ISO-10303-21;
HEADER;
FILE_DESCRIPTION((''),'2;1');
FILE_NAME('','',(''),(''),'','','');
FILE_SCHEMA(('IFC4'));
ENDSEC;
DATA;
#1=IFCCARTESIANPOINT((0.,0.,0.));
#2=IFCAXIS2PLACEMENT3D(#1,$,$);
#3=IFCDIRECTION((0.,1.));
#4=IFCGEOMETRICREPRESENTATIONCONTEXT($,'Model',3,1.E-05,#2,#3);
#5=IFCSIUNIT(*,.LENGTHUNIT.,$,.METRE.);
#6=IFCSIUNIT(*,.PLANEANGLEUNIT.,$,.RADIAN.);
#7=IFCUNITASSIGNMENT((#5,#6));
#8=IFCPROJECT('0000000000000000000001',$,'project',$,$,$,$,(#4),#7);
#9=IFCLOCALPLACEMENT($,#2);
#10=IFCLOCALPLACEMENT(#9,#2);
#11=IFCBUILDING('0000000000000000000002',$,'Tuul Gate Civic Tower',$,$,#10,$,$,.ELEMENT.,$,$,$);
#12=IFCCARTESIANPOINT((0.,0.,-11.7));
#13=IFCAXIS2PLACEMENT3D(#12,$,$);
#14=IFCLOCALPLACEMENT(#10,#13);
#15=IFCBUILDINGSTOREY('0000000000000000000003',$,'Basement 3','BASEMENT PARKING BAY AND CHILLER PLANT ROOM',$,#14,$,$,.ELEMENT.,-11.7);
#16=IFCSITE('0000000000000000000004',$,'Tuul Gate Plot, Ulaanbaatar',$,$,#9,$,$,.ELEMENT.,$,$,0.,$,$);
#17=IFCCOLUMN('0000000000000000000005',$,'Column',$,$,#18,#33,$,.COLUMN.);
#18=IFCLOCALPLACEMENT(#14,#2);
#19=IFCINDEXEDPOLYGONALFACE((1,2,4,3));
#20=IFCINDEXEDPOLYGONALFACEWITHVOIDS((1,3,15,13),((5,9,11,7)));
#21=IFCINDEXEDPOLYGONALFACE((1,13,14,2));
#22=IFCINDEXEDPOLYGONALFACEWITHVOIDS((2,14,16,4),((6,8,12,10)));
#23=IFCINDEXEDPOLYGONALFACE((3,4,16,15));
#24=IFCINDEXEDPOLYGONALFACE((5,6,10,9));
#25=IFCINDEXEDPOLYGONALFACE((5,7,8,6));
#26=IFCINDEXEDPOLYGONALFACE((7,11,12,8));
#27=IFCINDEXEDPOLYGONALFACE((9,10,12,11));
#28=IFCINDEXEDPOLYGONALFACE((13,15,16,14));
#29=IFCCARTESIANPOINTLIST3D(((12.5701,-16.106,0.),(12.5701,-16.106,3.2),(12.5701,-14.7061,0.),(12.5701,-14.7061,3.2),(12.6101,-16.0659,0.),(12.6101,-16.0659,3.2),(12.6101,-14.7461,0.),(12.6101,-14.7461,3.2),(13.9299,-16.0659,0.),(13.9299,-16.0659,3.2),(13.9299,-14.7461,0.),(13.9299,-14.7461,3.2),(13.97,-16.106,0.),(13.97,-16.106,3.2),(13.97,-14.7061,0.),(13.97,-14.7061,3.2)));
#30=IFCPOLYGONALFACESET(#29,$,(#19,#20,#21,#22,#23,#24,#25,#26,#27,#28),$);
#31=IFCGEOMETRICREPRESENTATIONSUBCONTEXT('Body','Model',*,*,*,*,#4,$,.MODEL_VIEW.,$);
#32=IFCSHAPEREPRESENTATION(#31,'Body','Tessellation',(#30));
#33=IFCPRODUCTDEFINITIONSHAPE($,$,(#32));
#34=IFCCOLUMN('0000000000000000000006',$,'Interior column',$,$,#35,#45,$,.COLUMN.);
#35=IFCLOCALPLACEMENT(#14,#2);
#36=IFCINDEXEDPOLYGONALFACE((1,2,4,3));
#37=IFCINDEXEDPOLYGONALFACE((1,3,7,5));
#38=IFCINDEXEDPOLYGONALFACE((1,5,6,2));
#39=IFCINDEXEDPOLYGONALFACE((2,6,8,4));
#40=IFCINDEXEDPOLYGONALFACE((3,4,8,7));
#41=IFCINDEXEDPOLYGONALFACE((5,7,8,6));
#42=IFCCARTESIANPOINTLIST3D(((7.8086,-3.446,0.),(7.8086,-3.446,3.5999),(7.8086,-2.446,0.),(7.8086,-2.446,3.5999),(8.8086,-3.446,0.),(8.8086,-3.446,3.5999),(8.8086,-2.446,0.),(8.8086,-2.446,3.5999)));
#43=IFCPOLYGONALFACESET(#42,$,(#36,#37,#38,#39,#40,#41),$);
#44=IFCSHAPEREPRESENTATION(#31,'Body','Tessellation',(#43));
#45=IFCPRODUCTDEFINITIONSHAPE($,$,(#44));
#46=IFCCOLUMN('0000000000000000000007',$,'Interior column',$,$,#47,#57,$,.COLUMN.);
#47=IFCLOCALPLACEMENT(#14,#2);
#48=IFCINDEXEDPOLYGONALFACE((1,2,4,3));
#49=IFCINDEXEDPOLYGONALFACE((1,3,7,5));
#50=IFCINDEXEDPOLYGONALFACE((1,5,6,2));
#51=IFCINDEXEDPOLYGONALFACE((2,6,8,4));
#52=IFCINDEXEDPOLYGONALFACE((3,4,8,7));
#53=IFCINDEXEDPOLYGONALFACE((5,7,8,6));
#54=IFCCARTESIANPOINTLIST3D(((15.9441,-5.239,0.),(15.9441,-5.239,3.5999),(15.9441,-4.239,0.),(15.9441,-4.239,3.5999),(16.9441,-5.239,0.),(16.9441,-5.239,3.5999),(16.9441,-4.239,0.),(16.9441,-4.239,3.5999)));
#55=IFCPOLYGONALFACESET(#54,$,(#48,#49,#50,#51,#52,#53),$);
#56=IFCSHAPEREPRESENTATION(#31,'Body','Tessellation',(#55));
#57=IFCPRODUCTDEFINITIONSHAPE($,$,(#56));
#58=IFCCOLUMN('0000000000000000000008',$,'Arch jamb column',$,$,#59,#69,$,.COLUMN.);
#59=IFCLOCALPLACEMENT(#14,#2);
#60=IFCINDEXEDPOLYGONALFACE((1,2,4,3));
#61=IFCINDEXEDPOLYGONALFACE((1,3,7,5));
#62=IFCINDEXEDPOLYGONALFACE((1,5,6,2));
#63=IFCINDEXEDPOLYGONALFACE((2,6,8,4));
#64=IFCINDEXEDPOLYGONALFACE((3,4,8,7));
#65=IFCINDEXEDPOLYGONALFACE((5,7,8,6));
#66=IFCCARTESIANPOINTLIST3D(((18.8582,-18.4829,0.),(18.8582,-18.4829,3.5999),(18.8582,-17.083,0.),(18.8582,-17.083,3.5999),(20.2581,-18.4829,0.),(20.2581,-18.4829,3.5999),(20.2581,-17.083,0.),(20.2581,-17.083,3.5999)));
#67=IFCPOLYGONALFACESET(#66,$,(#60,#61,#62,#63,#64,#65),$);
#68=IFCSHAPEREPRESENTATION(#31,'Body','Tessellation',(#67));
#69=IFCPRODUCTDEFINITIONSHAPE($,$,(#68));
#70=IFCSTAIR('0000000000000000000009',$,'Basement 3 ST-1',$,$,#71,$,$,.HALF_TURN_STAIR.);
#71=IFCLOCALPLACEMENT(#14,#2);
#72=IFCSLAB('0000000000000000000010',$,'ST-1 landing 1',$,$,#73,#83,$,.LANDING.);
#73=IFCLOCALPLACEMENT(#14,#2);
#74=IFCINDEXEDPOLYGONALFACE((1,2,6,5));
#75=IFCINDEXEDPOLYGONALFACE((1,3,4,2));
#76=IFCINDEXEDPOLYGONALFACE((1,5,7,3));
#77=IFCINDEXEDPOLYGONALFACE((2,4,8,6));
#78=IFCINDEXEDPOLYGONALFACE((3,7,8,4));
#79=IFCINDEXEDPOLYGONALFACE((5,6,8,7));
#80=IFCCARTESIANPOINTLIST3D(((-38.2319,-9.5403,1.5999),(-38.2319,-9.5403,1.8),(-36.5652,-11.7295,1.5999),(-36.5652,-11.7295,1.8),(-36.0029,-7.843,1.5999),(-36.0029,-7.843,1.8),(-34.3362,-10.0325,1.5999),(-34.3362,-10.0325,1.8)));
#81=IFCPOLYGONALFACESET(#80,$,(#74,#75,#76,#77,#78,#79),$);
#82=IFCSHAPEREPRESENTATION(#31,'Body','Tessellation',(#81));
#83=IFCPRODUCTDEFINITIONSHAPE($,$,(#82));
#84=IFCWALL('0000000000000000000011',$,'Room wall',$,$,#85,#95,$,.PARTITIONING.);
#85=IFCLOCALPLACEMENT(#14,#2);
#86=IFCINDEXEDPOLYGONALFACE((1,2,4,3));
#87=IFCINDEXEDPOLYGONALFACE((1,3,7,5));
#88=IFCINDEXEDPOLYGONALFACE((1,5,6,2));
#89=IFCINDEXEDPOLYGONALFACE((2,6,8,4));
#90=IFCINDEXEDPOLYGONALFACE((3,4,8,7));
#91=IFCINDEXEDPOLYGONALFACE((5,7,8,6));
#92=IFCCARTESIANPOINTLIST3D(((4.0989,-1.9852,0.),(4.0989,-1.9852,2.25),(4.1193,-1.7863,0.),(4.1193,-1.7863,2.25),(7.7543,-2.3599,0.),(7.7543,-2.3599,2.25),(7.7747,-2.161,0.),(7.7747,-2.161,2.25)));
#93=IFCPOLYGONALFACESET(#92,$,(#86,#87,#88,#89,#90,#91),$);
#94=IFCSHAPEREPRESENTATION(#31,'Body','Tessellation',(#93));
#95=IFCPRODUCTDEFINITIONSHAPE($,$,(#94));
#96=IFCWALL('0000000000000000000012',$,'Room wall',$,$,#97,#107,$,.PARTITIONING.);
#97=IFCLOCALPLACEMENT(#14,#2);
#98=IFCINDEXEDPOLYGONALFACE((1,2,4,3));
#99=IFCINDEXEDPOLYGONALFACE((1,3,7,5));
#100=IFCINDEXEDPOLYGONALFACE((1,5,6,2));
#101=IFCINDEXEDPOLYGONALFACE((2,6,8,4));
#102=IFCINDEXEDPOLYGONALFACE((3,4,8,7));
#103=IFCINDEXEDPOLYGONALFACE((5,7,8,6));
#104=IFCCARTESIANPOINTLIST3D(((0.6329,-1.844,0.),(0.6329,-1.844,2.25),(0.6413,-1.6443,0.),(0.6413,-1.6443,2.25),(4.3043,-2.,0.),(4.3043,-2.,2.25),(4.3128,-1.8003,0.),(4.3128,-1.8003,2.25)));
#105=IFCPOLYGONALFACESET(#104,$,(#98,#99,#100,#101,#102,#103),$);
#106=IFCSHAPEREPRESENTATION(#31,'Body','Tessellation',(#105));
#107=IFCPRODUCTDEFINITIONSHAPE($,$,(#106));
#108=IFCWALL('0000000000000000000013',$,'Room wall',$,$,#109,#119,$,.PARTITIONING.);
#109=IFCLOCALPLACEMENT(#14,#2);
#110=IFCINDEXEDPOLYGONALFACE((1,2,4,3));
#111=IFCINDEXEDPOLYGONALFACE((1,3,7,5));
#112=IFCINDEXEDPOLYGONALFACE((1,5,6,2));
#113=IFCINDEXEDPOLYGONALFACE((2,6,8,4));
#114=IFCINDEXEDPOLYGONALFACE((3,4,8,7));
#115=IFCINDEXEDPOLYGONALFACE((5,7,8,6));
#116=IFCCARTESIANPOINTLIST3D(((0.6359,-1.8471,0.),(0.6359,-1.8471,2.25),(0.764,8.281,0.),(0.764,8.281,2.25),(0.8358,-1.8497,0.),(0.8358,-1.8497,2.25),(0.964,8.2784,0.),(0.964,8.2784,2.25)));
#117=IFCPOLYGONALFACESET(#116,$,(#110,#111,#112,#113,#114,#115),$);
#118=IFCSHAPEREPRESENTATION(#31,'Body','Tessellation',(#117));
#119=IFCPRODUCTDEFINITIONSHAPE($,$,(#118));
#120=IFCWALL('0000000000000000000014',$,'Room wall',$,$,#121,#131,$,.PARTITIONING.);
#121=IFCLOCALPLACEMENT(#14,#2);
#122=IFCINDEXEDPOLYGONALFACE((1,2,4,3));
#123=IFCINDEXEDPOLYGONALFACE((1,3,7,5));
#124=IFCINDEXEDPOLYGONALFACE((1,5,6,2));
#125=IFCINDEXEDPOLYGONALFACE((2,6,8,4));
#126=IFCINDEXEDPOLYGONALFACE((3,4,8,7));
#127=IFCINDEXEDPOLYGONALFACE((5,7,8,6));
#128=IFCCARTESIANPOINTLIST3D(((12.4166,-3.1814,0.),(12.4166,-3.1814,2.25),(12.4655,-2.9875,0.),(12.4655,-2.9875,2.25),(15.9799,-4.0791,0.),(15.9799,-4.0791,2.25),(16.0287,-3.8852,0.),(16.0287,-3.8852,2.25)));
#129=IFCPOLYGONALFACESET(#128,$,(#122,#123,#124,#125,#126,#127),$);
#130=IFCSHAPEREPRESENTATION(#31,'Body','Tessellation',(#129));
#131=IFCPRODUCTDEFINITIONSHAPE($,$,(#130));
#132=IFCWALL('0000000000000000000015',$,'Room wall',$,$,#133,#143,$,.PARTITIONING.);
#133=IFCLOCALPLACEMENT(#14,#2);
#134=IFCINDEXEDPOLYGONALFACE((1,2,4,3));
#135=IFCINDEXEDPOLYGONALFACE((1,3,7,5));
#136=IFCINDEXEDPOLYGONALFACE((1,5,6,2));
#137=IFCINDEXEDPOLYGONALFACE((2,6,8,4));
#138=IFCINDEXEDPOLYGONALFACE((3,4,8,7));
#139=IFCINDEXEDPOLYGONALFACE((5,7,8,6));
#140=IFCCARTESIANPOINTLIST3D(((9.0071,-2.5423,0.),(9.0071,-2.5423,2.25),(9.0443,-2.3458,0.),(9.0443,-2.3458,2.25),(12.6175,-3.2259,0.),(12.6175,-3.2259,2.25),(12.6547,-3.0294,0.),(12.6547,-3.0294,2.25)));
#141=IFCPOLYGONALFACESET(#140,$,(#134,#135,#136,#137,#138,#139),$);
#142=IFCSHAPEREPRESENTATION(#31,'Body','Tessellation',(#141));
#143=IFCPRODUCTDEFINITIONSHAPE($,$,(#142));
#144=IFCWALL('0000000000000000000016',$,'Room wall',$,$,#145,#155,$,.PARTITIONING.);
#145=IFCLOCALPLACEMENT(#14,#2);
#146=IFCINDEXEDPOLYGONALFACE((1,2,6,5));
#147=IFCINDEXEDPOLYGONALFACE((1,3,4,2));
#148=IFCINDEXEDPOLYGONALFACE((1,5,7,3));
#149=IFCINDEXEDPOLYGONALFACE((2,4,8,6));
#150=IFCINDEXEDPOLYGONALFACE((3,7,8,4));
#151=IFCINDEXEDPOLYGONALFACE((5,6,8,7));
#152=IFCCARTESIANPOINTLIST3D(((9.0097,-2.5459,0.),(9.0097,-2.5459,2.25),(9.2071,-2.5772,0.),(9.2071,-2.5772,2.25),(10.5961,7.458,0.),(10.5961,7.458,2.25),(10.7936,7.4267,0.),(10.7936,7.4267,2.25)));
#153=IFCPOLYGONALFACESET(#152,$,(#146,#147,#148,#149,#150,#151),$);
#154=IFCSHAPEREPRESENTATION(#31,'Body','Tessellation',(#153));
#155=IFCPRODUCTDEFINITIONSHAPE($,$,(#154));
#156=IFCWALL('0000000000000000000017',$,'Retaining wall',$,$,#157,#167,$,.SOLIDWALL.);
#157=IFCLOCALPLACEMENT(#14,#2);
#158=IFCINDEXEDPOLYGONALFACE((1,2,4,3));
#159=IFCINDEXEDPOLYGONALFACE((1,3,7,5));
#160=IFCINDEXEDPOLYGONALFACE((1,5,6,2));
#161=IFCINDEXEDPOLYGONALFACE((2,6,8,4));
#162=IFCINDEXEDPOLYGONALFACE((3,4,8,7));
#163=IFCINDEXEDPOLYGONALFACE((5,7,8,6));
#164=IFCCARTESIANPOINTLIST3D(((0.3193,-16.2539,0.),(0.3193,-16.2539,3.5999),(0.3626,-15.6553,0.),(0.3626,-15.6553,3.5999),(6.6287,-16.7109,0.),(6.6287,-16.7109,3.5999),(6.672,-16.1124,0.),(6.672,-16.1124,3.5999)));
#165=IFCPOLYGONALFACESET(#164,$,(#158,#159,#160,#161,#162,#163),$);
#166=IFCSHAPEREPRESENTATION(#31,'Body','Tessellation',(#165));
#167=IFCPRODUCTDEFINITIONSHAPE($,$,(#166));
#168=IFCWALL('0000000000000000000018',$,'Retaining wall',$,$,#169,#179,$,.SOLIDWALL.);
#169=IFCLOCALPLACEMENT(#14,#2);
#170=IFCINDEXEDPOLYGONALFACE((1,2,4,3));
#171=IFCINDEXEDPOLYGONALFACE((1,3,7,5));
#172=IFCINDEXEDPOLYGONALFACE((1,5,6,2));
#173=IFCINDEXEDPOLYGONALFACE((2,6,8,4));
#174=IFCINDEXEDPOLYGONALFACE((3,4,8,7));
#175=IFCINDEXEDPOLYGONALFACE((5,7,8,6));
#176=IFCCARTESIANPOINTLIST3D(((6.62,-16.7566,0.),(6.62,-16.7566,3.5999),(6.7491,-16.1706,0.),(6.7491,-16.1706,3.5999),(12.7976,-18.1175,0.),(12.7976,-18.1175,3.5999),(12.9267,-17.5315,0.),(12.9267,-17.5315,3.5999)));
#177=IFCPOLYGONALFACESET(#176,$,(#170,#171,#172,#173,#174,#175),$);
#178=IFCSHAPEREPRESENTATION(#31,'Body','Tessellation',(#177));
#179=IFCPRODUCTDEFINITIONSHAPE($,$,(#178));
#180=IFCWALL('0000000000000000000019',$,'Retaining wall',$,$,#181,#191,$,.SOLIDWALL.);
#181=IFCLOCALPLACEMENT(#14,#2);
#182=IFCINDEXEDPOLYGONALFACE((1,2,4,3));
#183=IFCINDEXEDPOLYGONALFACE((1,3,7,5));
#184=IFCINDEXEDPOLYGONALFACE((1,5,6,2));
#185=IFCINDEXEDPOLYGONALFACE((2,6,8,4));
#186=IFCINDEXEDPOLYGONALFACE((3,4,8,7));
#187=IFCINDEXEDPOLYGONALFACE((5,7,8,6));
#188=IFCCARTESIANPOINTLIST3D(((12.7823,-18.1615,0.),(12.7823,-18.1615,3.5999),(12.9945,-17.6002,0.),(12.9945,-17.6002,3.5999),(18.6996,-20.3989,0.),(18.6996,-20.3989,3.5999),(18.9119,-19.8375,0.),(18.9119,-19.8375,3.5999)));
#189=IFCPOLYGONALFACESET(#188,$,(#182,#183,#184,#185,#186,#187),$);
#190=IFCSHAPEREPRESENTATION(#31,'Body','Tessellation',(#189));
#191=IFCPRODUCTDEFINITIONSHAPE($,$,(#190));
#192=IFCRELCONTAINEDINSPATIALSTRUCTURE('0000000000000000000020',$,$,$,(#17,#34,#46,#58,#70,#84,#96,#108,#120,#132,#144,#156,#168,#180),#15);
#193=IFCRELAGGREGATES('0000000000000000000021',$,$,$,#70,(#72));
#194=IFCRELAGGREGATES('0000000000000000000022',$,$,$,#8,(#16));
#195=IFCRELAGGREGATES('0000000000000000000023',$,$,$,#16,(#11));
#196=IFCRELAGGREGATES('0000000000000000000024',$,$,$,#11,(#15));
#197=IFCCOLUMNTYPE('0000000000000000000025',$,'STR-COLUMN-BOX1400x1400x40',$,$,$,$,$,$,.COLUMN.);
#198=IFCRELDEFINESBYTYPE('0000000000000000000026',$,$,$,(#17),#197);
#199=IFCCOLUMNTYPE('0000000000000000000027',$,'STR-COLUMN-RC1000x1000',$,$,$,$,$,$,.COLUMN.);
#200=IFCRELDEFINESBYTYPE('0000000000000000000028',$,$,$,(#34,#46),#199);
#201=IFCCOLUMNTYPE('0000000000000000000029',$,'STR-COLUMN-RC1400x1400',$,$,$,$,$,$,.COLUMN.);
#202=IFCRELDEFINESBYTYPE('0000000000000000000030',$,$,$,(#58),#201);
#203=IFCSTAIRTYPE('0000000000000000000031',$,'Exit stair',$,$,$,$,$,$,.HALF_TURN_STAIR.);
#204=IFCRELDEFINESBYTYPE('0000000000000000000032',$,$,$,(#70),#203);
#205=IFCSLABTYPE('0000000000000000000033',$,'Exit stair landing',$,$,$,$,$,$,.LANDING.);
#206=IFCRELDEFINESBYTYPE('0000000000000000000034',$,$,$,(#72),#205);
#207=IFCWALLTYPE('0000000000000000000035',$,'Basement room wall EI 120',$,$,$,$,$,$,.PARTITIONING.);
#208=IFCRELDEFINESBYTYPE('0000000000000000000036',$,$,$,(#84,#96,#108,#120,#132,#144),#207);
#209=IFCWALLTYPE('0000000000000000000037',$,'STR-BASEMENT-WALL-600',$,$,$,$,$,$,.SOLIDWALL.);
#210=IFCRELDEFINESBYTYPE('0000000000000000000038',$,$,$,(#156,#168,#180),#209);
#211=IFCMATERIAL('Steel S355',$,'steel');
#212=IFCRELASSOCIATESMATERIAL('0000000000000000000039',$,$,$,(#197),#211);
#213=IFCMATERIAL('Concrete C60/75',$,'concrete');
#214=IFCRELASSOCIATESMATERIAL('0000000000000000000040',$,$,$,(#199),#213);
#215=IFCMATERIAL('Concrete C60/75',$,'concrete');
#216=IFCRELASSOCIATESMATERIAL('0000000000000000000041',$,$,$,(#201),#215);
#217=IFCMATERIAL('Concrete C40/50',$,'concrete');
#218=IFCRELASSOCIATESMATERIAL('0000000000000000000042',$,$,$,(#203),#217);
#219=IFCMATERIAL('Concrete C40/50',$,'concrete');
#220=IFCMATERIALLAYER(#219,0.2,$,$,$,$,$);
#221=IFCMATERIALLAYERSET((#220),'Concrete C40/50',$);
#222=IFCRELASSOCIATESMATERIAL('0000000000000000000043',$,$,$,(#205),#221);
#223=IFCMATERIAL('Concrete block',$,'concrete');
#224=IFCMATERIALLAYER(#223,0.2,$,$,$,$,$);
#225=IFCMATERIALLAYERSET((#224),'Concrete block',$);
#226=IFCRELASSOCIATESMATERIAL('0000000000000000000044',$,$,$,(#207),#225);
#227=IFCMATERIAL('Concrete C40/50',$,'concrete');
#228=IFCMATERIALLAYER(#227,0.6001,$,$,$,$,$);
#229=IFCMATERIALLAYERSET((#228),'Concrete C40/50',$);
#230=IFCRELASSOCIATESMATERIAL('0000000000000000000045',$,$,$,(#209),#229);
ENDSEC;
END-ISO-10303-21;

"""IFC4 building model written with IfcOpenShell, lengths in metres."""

from ifc_helpers import new_model, si_unit, direction, frame, frame_2d, origin, origin_2d, place, context, subcontext, project, spatial, polyline, rectangle, hollow_rectangle, outline, extrude, material, layer, layer_set, material_profile, profile_set, type_object, element, aggregate, save


model = new_model("IFC4")

# Units and contexts
model_context = context("Model", 3, precision=1e-05, world=origin(), true_north=direction((0.0, 1.0)))
body_context = subcontext(model_context, "Body", "Model", "MODEL_VIEW")
ifc_project = project(units=[si_unit("LENGTHUNIT", "METRE"), si_unit("PLANEANGLEUNIT", "RADIAN")], contexts=[model_context])

# Site, building, storey
site_placement = place(None, origin())
site = spatial("IfcSite", under=ifc_project, at=site_placement, Name="Tuul Gate Plot, Ulaanbaatar", CompositionType="ELEMENT", RefElevation=0.0)
building_placement = place(site_placement, origin())
building = spatial("IfcBuilding", under=site, at=building_placement, Name="Tuul Gate Civic Tower", CompositionType="ELEMENT")
storey_placement = place(building_placement, frame((0.0, 0.0, -11.7)))
storey = spatial("IfcBuildingStorey", under=building, at=storey_placement, Name="Basement 3", Description="BASEMENT PARKING BAY AND CHILLER PLANT ROOM", CompositionType="ELEMENT", Elevation=-11.7)

# Columns
ifc_material_1 = material(Name="Steel S355", Category="steel")
ifc_material_profile_1 = material_profile(ifc_material_1, hollow_rectangle(XDim=1.3999, YDim=1.3999, WallThickness=0.04, at=origin_2d()), Name="BOX1400x1400x40")
ifc_profile_set_1 = profile_set([ifc_material_profile_1], Name="Steel S355")
column_type_1 = type_object("IfcColumnType", Name="STR-COLUMN-BOX1400x1400x40", PredefinedType="COLUMN", material=ifc_profile_set_1)
for number, where, z_axis, x_axis, name in (
    (1, (13.27, -15.406, 0.0), (0.0, 0.0, 1.0), (1.0, 0.0, 0.0), "Column"),
):
    element("IfcColumn", number, at=place(storey_placement, frame(where, z_axis=z_axis, x_axis=x_axis)), inside=storey, type_object=column_type_1, Name=name, PredefinedType="COLUMN", context=body_context, shape_type="SweptSolid", body=[
        extrude(hollow_rectangle(XDim=1.3999, YDim=1.3999, WallThickness=0.04, at=origin_2d()), origin(), (0.0, 0.0, 1.0), 3.2),
    ])
ifc_material_2 = material(Name="Concrete C60/75", Category="concrete")
ifc_material_profile_2 = material_profile(ifc_material_2, rectangle(XDim=1.0, YDim=1.0, at=origin_2d()), Name="RC1000x1000")
ifc_profile_set_2 = profile_set([ifc_material_profile_2], Name="Concrete C60/75")
column_type_2 = type_object("IfcColumnType", Name="STR-COLUMN-RC1000x1000", PredefinedType="COLUMN", material=ifc_profile_set_2)
for number, where, z_axis, x_axis, name in (
    (2, (8.3086, -2.946, 0.0), (0.0, 0.0, 1.0), (1.0, 0.0, 0.0), "Interior column"),
    (3, (16.4441, -4.739, 0.0), (0.0, 0.0, 1.0), (1.0, 0.0, 0.0), "Interior column"),
):
    element("IfcColumn", number, at=place(storey_placement, frame(where, z_axis=z_axis, x_axis=x_axis)), inside=storey, type_object=column_type_2, Name=name, PredefinedType="COLUMN", context=body_context, shape_type="SweptSolid", body=[
        extrude(rectangle(XDim=1.0, YDim=1.0, at=origin_2d()), origin(), (0.0, 0.0, 1.0), 3.5999),
    ])
ifc_material_3 = material(Name="Concrete C60/75", Category="concrete")
ifc_material_profile_3 = material_profile(ifc_material_3, rectangle(XDim=1.3999, YDim=1.3999, at=origin_2d()), Name="RC1400x1400")
ifc_profile_set_3 = profile_set([ifc_material_profile_3], Name="Concrete C60/75")
column_type_3 = type_object("IfcColumnType", Name="STR-COLUMN-RC1400x1400", PredefinedType="COLUMN", material=ifc_profile_set_3)
column_placement = place(storey_placement, frame((19.5581, -17.783, 0.0), z_axis=(0.0, 0.0, 1.0), x_axis=(1.0, 0.0, 0.0)))
element("IfcColumn", 4, at=column_placement, inside=storey, type_object=column_type_3, Name="Arch jamb column", PredefinedType="COLUMN", context=body_context, shape_type="SweptSolid", body=[
    extrude(rectangle(XDim=1.3999, YDim=1.3999, at=origin_2d()), origin(), (0.0, 0.0, 1.0), 3.5999),
])

# Stair, slab
ifc_material_4 = material(Name="Concrete C40/50", Category="concrete")
stair_type = type_object("IfcStairType", Name="Exit stair", PredefinedType="HALF_TURN_STAIR", material=ifc_material_4)
stair_placement = place(storey_placement, origin())
stair = element("IfcStair", 5, at=stair_placement, inside=storey, type_object=stair_type, Name="Basement 3 ST-1", PredefinedType="HALF_TURN_STAIR")
ifc_material_5 = material(Name="Concrete C40/50", Category="concrete")
ifc_layer_1 = layer(ifc_material_5, 0.2)
ifc_layer_set_1 = layer_set([ifc_layer_1], Name="Concrete C40/50")
slab_type = type_object("IfcSlabType", Name="Exit stair landing", PredefinedType="LANDING", material=ifc_layer_set_1)
slab_placement = place(storey_placement, frame((0.0, 0.0, 1.5999)))
slab = element("IfcSlab", 6, at=slab_placement, type_object=slab_type, Name="ST-1 landing 1", PredefinedType="LANDING", context=body_context, shape_type="SweptSolid", body=[
    extrude(outline(polyline([(-34.3362, -10.0325), (-36.5652, -11.7295), (-38.2319, -9.5403), (-36.0029, -7.843), (-34.3362, -10.0325)])), origin(), (0.0, 0.0, 1.0), 0.2002),
])
aggregate(stair, [slab])

# Walls
ifc_material_6 = material(Name="Concrete block", Category="concrete")
ifc_layer_2 = layer(ifc_material_6, 0.2)
ifc_layer_set_2 = layer_set([ifc_layer_2], Name="Concrete block")
wall_type_1 = type_object("IfcWallType", Name="Basement room wall EI 120", PredefinedType="PARTITIONING", material=ifc_layer_set_2)
wall_1_placement = place(storey_placement, frame((7.7646, -2.2605, 0.0), z_axis=(0.0, 0.0, 1.0), x_axis=(-0.994786, 0.101983, 0.0)))
element("IfcWall", 7, at=wall_1_placement, inside=storey, type_object=wall_type_1, Name="Room wall", PredefinedType="PARTITIONING", context=body_context, shape_type="SweptSolid", body=[
    extrude(rectangle(XDim=3.6746, YDim=0.2, at=frame_2d((1.8374, 0.0))), origin(), (0.0, 0.0, 1.0), 2.25),
])
wall_2_placement = place(storey_placement, frame((4.3086, -1.9001, 0.0), z_axis=(0.0, 0.0, 1.0), x_axis=(-0.999098, 0.042454, 0.0)))
element("IfcWall", 8, at=wall_2_placement, inside=storey, type_object=wall_type_1, Name="Room wall", PredefinedType="PARTITIONING", context=body_context, shape_type="SweptSolid", body=[
    extrude(rectangle(XDim=3.6748, YDim=0.2, at=frame_2d((1.8374, 0.0))), origin(), (0.0, 0.0, 1.0), 2.25),
])
wall_3_placement = place(storey_placement, frame((0.7358, -1.8484, 0.0), z_axis=(0.0, 0.0, 1.0), x_axis=(0.012654, 0.99992, 0.0)))
element("IfcWall", 9, at=wall_3_placement, inside=storey, type_object=wall_type_1, Name="Room wall", PredefinedType="PARTITIONING", context=body_context, shape_type="SweptSolid", body=[
    extrude(rectangle(XDim=10.1289, YDim=0.2, at=frame_2d((5.0645, 0.0))), origin(), (0.0, 0.0, 1.0), 2.25),
])
for number, where, z_axis, x_axis, name in (
    (10, (16.0044, -3.9822, 0.0), (0.0, 0.0, 1.0), (-0.969699, 0.244302, 0.0), "Room wall"),
    (11, (12.6362, -3.1277, 0.0), (0.0, 0.0, 1.0), (-0.982543, 0.186037, 0.0), "Room wall"),
):
    element("IfcWall", number, at=place(storey_placement, frame(where, z_axis=z_axis, x_axis=x_axis)), inside=storey, type_object=wall_type_1, Name=name, PredefinedType="PARTITIONING", context=body_context, shape_type="SweptSolid", body=[
        extrude(rectangle(XDim=3.6746, YDim=0.2, at=frame_2d((1.8374, 0.0))), origin(), (0.0, 0.0, 1.0), 2.25),
    ])
wall_4_placement = place(storey_placement, frame((9.1084, -2.5615, 0.0), z_axis=(0.0, 0.0, 1.0), x_axis=(0.156623, 0.987658, 0.0)))
element("IfcWall", 12, at=wall_4_placement, inside=storey, type_object=wall_type_1, Name="Room wall", PredefinedType="PARTITIONING", context=body_context, shape_type="SweptSolid", body=[
    extrude(rectangle(XDim=10.1289, YDim=0.2, at=frame_2d((5.0645, 0.0))), origin(), (0.0, 0.0, 1.0), 2.25),
])
ifc_material_7 = material(Name="Concrete C40/50", Category="concrete")
ifc_layer_3 = layer(ifc_material_7, 0.6001)
ifc_layer_set_3 = layer_set([ifc_layer_3], Name="Concrete C40/50")
wall_type_2 = type_object("IfcWallType", Name="STR-BASEMENT-WALL-600", PredefinedType="SOLIDWALL", material=ifc_layer_set_3)
wall_5_placement = place(storey_placement, frame((0.3408, -15.9546, 0.0), z_axis=(0.0, 0.0, 1.0), x_axis=(0.997387, -0.072248, 0.0)))
element("IfcWall", 13, at=wall_5_placement, inside=storey, type_object=wall_type_2, Name="Retaining wall", PredefinedType="SOLIDWALL", context=body_context, shape_type="SweptSolid", body=[
    extrude(rectangle(XDim=6.3259, YDim=0.6001, at=frame_2d((3.1631, 0.0))), origin(), (0.0, 0.0, 1.0), 3.5999),
])
wall_6_placement = place(storey_placement, frame((6.6846, -16.4636, 0.0), z_axis=(0.0, 0.0, 1.0), x_axis=(0.976585, -0.215132, 0.0)))
element("IfcWall", 14, at=wall_6_placement, inside=storey, type_object=wall_type_2, Name="Retaining wall", PredefinedType="SOLIDWALL", context=body_context, shape_type="SweptSolid", body=[
    extrude(rectangle(XDim=6.3257, YDim=0.6001, at=frame_2d((3.1628, 0.0))), origin(), (0.0, 0.0, 1.0), 3.5999),
])
wall_7_placement = place(storey_placement, frame((12.8884, -17.8809, 0.0), z_axis=(0.0, 0.0, 1.0), x_axis=(0.935373, -0.353664, 0.0)))
element("IfcWall", 15, at=wall_7_placement, inside=storey, type_object=wall_type_2, Name="Retaining wall", PredefinedType="SOLIDWALL", context=body_context, shape_type="SweptSolid", body=[
    extrude(rectangle(XDim=6.3262, YDim=0.6001, at=frame_2d((3.1631, 0.0))), origin(), (0.0, 0.0, 1.0), 3.5999),
])

save(model, "model.ifc")
